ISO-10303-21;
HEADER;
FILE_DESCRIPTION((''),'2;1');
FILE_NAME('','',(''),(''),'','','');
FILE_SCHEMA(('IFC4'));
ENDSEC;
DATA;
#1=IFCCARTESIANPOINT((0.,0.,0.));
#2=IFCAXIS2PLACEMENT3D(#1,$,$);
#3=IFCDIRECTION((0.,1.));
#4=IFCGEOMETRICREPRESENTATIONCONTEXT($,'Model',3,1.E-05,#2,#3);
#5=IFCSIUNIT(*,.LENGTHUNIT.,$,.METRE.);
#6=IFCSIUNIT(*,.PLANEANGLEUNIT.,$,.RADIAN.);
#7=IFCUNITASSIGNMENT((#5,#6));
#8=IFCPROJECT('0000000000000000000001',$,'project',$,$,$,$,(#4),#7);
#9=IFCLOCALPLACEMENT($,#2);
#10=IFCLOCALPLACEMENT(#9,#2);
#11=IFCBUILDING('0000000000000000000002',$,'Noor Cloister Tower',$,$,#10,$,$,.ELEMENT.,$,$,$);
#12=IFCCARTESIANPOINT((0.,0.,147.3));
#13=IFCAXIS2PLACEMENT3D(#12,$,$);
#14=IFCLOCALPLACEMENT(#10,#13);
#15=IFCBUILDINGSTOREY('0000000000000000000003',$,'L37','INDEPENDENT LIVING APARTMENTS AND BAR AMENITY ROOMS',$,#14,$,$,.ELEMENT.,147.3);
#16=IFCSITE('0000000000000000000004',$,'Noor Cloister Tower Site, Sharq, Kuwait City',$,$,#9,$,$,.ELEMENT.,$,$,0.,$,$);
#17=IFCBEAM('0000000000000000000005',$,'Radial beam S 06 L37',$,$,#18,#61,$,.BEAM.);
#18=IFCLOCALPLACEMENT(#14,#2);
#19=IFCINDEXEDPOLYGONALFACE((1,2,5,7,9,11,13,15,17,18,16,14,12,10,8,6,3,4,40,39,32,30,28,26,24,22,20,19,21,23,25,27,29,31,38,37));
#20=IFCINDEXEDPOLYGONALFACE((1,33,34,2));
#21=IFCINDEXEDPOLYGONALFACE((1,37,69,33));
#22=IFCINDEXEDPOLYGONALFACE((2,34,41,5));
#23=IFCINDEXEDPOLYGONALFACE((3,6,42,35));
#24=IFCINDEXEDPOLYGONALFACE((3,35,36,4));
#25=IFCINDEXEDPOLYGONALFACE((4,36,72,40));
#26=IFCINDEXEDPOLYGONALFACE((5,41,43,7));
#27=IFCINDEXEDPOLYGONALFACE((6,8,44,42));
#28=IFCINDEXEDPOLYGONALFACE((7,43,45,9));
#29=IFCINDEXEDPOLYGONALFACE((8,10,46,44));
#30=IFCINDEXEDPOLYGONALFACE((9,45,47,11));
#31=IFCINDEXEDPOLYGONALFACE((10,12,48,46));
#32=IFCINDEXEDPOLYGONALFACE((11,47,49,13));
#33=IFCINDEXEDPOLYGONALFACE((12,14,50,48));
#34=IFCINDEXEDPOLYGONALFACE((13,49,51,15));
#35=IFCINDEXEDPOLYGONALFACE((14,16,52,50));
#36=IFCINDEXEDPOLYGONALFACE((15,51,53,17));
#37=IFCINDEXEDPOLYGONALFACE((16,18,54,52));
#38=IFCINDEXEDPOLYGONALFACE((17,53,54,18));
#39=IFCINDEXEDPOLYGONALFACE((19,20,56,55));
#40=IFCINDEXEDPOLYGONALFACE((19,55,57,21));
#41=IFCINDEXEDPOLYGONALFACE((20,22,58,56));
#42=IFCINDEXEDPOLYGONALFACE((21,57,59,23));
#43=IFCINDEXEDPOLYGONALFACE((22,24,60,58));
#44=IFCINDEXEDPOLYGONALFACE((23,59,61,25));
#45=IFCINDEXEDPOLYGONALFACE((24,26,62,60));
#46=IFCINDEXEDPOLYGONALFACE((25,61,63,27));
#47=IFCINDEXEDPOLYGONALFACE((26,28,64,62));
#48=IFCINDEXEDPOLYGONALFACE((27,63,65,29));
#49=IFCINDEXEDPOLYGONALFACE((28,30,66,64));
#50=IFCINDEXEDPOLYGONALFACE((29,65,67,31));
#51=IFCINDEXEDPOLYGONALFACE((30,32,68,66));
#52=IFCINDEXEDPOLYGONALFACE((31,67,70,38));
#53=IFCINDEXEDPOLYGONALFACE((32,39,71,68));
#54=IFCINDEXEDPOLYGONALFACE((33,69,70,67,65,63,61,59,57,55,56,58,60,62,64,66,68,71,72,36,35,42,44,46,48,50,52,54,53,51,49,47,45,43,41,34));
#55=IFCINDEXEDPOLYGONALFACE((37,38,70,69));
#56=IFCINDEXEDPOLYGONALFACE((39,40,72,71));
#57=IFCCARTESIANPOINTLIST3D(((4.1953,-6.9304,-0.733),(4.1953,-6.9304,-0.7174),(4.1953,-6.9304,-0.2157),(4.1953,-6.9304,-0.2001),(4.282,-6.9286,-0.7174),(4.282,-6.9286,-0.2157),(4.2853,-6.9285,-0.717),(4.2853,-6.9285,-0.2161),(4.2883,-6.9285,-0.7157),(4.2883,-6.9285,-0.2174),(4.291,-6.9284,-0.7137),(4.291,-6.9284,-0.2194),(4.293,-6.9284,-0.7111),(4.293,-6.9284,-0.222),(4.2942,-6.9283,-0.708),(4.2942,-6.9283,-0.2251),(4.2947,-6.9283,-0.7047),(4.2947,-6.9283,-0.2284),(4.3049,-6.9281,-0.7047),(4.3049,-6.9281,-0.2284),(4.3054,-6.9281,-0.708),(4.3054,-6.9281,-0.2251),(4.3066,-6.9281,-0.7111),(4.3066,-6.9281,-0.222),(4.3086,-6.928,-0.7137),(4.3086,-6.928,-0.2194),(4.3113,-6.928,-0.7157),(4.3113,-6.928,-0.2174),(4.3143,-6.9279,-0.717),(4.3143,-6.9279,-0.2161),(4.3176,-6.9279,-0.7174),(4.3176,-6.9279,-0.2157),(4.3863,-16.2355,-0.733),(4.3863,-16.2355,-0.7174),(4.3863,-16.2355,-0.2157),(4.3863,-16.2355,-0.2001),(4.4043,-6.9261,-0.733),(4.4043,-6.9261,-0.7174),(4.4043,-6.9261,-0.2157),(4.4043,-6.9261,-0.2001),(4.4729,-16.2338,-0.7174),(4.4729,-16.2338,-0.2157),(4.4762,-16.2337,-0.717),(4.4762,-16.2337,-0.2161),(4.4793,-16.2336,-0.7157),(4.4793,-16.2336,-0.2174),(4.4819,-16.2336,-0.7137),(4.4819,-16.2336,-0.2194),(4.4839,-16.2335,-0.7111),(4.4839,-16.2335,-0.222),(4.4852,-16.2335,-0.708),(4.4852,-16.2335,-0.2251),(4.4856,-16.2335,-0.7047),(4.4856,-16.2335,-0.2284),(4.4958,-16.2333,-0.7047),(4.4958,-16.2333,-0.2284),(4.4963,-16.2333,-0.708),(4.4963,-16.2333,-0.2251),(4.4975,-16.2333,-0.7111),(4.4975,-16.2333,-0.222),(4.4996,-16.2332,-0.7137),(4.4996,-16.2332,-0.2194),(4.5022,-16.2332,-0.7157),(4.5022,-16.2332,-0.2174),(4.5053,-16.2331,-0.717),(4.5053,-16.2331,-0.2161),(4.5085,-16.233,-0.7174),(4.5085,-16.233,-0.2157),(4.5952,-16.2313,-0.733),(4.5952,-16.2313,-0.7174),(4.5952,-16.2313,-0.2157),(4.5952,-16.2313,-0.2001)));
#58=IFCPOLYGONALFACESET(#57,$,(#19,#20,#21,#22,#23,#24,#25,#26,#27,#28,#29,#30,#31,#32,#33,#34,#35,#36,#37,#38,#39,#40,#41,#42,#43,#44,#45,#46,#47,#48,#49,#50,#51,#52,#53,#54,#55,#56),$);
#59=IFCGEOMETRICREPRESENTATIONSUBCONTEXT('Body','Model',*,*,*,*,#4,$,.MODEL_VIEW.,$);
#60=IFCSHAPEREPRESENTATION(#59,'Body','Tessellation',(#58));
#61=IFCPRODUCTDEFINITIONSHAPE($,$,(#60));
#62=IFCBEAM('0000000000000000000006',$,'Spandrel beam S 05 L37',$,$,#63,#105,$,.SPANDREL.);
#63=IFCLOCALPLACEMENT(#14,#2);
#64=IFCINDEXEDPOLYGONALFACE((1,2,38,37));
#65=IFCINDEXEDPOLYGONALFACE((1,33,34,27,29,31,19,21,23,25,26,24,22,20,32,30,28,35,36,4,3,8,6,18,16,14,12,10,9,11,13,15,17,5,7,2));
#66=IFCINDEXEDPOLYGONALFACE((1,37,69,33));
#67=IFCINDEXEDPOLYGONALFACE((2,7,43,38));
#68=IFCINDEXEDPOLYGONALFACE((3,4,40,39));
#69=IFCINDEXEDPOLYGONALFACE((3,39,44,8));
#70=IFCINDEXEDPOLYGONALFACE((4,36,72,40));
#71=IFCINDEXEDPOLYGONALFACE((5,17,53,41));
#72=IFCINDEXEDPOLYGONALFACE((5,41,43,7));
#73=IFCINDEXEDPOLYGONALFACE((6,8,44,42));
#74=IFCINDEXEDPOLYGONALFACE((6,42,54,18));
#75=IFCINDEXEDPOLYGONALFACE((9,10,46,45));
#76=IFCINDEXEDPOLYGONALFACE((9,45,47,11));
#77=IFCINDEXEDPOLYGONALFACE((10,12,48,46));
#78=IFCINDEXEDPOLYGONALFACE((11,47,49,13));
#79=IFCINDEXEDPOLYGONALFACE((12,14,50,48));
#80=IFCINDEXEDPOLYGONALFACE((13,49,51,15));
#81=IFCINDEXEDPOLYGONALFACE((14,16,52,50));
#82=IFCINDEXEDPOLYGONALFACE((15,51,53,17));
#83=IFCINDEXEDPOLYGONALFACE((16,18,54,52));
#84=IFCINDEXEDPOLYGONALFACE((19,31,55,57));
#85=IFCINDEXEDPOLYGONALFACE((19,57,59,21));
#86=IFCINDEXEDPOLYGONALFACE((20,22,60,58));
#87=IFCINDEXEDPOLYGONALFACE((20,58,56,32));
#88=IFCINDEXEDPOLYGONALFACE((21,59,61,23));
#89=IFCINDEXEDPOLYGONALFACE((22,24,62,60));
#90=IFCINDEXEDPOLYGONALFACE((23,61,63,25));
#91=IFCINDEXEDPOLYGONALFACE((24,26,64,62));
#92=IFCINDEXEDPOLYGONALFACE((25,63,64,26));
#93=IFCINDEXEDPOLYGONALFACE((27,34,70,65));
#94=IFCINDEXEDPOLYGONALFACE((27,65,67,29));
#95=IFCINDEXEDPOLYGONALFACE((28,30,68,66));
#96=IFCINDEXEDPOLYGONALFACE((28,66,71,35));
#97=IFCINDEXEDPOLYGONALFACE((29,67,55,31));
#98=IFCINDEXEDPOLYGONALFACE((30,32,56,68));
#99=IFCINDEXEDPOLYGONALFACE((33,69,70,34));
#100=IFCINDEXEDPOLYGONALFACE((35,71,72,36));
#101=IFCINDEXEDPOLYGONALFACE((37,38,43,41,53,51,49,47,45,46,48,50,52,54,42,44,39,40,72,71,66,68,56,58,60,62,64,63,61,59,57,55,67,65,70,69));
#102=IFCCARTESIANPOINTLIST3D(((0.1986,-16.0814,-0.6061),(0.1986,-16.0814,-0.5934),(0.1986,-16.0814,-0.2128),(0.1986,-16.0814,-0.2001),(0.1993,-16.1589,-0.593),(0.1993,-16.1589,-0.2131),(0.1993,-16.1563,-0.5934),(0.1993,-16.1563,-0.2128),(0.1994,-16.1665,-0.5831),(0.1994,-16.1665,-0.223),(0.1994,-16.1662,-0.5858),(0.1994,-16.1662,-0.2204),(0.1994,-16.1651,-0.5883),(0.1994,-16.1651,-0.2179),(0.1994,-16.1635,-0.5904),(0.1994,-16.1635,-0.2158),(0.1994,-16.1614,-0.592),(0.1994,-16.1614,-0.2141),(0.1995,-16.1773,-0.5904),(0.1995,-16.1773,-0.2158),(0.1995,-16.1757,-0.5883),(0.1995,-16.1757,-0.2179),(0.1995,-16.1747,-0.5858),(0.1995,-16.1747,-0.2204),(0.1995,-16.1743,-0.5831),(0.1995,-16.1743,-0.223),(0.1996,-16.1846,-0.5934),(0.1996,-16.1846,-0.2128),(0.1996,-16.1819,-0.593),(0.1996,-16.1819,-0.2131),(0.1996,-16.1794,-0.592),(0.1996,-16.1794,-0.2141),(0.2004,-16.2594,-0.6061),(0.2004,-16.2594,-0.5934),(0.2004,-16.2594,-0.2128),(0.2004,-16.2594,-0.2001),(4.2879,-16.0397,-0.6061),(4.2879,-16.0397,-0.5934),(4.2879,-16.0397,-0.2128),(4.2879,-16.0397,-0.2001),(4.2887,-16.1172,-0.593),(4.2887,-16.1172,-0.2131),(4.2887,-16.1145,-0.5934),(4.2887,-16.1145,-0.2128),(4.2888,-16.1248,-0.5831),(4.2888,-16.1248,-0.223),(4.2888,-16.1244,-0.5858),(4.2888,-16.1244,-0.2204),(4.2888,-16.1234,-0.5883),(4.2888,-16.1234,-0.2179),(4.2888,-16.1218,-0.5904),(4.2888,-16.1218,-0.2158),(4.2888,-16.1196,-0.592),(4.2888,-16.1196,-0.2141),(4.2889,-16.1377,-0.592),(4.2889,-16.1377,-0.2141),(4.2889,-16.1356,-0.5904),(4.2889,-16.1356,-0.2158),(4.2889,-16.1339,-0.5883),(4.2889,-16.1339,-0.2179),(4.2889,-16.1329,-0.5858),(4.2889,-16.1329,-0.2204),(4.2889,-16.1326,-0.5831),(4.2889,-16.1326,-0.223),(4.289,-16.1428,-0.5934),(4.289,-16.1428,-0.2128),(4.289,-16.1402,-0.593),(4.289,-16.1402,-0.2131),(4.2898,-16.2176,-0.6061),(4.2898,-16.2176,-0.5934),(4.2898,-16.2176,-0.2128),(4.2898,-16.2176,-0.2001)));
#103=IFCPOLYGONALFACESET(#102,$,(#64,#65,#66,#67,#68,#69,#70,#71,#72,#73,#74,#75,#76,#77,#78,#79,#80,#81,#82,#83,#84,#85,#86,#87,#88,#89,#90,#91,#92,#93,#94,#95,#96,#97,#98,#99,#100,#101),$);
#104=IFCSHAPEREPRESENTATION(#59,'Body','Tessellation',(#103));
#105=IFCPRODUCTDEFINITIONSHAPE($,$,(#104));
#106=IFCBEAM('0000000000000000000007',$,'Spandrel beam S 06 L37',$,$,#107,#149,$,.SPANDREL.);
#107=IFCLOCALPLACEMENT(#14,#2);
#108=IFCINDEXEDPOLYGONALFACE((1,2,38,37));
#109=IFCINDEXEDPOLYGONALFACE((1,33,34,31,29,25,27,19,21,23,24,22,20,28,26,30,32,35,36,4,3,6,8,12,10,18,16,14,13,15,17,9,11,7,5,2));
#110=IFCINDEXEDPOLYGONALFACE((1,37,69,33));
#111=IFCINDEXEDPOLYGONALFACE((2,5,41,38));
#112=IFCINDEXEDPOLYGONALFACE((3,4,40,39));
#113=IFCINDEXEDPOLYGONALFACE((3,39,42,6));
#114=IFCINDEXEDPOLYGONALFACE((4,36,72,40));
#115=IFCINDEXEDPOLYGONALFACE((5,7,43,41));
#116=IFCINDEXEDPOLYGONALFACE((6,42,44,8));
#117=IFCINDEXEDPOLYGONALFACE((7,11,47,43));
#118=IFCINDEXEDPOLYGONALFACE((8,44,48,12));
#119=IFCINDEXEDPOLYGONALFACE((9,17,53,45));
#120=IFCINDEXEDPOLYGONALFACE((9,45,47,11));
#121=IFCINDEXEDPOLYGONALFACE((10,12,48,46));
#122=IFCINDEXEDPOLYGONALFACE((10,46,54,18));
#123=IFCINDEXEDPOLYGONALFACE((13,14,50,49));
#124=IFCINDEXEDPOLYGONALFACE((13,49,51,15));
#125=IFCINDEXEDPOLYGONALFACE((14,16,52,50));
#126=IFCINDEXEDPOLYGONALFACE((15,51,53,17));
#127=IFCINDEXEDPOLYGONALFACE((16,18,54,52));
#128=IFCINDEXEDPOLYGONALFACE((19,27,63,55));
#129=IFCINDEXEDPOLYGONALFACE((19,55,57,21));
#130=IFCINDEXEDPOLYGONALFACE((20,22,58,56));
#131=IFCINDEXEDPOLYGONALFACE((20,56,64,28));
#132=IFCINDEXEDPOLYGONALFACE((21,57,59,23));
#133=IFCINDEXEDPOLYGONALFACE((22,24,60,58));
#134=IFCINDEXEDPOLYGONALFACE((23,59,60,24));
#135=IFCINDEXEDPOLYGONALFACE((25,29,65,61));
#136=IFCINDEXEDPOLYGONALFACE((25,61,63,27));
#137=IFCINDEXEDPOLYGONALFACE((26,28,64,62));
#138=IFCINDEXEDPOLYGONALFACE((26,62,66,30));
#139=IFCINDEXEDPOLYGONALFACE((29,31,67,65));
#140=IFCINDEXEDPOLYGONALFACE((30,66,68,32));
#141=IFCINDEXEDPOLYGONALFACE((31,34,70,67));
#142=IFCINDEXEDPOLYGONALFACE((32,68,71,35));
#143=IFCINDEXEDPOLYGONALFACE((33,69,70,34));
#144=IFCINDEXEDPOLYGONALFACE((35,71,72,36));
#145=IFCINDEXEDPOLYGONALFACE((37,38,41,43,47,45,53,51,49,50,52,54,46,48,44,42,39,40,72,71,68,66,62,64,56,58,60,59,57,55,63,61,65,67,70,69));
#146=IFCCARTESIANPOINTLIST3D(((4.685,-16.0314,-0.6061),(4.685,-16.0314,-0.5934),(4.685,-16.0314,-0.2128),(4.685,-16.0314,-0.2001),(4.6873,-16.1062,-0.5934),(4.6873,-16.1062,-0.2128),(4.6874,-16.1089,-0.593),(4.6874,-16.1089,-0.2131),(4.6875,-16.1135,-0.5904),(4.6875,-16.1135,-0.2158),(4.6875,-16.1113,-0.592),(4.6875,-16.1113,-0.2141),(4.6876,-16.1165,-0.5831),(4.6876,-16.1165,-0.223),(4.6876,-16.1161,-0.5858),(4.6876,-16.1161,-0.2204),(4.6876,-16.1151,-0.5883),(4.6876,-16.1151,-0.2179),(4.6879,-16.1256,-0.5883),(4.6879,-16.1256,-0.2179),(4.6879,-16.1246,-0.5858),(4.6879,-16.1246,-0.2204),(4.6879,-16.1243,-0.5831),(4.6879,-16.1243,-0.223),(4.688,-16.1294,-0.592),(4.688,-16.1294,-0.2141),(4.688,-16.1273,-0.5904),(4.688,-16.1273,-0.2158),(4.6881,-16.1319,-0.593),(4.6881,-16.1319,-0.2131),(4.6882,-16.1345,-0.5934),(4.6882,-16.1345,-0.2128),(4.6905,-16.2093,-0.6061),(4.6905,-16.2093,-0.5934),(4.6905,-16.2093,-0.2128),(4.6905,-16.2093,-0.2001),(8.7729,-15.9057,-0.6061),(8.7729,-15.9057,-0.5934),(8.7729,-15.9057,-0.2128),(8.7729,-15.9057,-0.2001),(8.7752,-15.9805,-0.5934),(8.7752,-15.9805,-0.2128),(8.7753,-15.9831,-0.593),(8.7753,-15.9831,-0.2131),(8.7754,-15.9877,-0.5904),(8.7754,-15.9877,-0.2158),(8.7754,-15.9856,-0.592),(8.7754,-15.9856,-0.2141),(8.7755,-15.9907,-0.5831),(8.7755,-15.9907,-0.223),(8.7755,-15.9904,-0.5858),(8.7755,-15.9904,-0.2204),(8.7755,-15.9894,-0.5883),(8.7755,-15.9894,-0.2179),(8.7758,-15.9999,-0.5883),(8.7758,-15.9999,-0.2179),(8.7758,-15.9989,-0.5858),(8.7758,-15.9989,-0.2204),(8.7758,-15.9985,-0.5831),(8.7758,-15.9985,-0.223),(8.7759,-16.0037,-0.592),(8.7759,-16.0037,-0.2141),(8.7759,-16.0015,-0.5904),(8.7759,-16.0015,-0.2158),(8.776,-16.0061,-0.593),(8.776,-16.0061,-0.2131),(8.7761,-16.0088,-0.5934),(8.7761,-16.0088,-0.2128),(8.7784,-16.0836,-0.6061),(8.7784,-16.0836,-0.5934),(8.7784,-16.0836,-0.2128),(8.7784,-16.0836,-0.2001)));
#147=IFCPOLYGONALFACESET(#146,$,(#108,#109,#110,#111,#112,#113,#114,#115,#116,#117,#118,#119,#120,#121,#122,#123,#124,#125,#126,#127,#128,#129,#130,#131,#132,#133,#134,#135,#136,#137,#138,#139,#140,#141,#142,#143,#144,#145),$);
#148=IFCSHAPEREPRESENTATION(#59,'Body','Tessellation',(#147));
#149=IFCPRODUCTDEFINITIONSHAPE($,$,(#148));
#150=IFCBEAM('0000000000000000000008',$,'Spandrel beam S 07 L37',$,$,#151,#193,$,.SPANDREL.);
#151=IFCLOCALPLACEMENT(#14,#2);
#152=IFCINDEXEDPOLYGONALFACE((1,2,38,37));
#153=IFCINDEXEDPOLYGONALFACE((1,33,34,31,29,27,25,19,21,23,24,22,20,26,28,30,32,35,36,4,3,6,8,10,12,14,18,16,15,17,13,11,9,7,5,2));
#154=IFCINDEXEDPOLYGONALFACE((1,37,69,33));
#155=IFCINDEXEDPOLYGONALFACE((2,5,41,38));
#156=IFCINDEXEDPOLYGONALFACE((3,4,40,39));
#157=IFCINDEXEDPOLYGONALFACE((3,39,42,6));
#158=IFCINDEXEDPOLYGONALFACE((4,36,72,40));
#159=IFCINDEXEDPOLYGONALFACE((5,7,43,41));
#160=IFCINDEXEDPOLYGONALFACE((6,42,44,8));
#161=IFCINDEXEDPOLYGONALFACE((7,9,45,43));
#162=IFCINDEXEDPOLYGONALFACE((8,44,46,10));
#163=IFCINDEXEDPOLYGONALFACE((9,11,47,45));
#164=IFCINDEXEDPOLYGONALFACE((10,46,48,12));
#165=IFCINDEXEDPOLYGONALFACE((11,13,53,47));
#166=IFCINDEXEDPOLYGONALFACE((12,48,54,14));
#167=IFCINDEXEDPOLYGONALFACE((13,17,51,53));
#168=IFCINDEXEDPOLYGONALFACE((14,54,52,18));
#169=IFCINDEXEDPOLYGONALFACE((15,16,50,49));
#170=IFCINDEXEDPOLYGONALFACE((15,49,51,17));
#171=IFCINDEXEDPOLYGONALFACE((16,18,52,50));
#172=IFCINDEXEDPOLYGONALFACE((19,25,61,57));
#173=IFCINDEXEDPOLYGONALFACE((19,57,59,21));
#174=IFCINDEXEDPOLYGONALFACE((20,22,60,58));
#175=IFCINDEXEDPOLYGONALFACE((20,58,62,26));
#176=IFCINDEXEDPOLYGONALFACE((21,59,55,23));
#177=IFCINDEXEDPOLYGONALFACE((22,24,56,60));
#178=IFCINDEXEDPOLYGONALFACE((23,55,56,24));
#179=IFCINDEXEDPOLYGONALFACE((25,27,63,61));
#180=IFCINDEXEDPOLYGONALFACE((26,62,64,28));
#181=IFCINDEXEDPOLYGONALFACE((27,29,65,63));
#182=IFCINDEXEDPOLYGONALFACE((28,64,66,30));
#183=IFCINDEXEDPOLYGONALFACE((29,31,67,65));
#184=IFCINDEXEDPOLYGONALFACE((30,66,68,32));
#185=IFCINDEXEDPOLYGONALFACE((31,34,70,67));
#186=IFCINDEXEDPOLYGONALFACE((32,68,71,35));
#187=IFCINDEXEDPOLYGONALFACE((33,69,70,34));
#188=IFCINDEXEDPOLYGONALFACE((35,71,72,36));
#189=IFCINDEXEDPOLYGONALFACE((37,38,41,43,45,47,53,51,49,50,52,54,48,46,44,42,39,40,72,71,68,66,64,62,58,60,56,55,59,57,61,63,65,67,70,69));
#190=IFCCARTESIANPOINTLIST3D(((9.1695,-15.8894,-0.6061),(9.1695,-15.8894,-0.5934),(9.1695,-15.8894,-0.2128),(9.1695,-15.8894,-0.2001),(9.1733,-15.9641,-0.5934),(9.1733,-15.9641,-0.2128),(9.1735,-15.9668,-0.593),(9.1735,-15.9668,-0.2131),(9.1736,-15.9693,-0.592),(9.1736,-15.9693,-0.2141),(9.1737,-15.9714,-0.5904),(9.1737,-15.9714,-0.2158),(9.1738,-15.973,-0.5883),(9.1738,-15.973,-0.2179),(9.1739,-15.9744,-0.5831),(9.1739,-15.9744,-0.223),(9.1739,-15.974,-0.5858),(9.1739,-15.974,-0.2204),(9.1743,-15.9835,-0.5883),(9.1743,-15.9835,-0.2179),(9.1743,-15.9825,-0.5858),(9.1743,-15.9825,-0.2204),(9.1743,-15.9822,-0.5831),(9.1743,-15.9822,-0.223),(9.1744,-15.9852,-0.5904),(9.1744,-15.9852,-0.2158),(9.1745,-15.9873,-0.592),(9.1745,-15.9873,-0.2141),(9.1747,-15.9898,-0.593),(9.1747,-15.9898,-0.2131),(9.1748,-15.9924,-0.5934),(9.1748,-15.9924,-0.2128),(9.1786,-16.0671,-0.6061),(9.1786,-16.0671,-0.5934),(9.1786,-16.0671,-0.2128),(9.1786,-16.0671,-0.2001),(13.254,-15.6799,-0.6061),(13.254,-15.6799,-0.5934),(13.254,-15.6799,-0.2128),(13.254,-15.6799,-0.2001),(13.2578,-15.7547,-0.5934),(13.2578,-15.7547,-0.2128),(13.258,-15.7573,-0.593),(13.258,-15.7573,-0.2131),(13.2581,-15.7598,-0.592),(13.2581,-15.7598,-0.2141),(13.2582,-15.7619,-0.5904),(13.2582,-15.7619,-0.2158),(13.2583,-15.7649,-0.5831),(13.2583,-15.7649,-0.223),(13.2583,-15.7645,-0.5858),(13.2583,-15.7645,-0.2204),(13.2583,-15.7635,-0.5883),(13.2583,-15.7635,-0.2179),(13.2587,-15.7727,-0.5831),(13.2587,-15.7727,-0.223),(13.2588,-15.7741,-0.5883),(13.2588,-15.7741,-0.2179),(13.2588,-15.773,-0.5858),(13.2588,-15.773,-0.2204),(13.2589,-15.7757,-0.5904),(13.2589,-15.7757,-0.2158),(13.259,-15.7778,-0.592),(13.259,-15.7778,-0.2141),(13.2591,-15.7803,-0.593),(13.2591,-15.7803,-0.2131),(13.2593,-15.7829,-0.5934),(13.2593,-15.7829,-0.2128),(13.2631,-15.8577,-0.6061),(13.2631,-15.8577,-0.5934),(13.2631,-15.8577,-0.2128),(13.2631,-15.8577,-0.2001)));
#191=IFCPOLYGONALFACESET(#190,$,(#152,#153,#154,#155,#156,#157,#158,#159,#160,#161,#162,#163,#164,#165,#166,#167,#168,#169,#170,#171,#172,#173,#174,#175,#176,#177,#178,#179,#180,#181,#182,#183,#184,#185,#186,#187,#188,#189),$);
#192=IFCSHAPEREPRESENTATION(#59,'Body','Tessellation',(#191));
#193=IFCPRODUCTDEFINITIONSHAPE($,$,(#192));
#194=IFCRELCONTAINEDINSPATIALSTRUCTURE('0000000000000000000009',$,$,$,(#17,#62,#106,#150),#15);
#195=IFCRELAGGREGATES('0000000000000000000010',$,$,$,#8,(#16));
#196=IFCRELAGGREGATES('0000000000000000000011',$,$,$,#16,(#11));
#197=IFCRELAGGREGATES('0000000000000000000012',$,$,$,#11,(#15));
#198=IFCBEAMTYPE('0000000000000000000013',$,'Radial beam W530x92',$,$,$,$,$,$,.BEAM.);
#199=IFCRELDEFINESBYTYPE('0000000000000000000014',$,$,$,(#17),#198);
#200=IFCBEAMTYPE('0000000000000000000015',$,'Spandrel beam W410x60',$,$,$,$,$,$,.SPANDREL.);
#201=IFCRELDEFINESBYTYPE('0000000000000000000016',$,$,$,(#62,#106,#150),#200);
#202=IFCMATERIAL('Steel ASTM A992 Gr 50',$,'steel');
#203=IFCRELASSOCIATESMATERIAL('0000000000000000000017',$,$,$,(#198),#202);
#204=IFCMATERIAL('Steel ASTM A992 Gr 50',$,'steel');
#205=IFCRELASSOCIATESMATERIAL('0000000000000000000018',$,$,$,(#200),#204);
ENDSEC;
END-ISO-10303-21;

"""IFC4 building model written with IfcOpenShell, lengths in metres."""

from ifc_helpers import new_model, si_unit, direction, frame, origin, origin_2d, place, context, subcontext, project, spatial, i_section, extrude, material, material_profile, profile_set, type_object, element, save


model = new_model("IFC4")

# Units and contexts
model_context = context("Model", 3, precision=1e-05, world=origin(), true_north=direction((0.0, 1.0)))
body_context = subcontext(model_context, "Body", "Model", "MODEL_VIEW")
ifc_project = project(units=[si_unit("LENGTHUNIT", "METRE"), si_unit("PLANEANGLEUNIT", "RADIAN")], contexts=[model_context])

# Site, building, storey
site_placement = place(None, origin())
site = spatial("IfcSite", under=ifc_project, at=site_placement, Name="Noor Cloister Tower Site, Sharq, Kuwait City", CompositionType="ELEMENT", RefElevation=0.0)
building_placement = place(site_placement, origin())
building = spatial("IfcBuilding", under=site, at=building_placement, Name="Noor Cloister Tower", CompositionType="ELEMENT")
storey_placement = place(building_placement, frame((0.0, 0.0, 147.3)))
storey = spatial("IfcBuildingStorey", under=building, at=storey_placement, Name="L37", Description="INDEPENDENT LIVING APARTMENTS AND BAR AMENITY ROOMS", CompositionType="ELEMENT", Elevation=147.3)

# Beams
ifc_material_1 = material(Name="Steel ASTM A992 Gr 50", Category="steel")
ifc_material_profile_1 = material_profile(ifc_material_1, i_section(OverallWidth=0.209, OverallDepth=0.533, WebThickness=0.0103, FlangeThickness=0.0156, FilletRadius=0.0127, at=origin_2d()), Name="W530x92")
ifc_profile_set_1 = profile_set([ifc_material_profile_1], Name="Steel ASTM A992 Gr 50")
beam_type_1 = type_object("IfcBeamType", Name="Radial beam W530x92", PredefinedType="BEAM", material=ifc_profile_set_1)
beam_1_placement = place(storey_placement, frame((4.4907, -16.2334, -0.4666), z_axis=(-0.020513, 0.99979, 0.0), x_axis=(-0.99979, -0.020513, 0.0)))
element("IfcBeam", 1, at=beam_1_placement, inside=storey, type_object=beam_type_1, Name="Radial beam S 06 L37", PredefinedType="BEAM", context=body_context, shape_type="SweptSolid", body=[
    extrude(i_section(OverallWidth=0.209, OverallDepth=0.533, WebThickness=0.0103, FlangeThickness=0.0156, FilletRadius=0.0127, at=origin_2d()), origin(), (0.0, 0.0, 1.0), 9.3071),
])
ifc_material_2 = material(Name="Steel ASTM A992 Gr 50", Category="steel")
ifc_material_profile_2 = material_profile(ifc_material_2, i_section(OverallWidth=0.178, OverallDepth=0.406, WebThickness=0.0078, FlangeThickness=0.0127, FilletRadius=0.0103, at=origin_2d()), Name="W410x60")
ifc_profile_set_2 = profile_set([ifc_material_profile_2], Name="Steel ASTM A992 Gr 50")
beam_type_2 = type_object("IfcBeamType", Name="Spandrel beam W410x60", PredefinedType="SPANDREL", material=ifc_profile_set_2)
beam_2_placement = place(storey_placement, frame((0.1995, -16.1704, -0.4031), z_axis=(0.999948, 0.010208, 0.0), x_axis=(-0.010208, 0.999948, 0.0)))
element("IfcBeam", 2, at=beam_2_placement, inside=storey, type_object=beam_type_2, Name="Spandrel beam S 05 L37", PredefinedType="SPANDREL", context=body_context, shape_type="SweptSolid", body=[
    extrude(i_section(OverallWidth=0.178, OverallDepth=0.406, WebThickness=0.0078, FlangeThickness=0.0127, FilletRadius=0.0103, at=origin_2d()), origin(), (0.0, 0.0, 1.0), 4.0896),
])
for number, where, z_axis, x_axis, name in (
    (3, (4.6877, -16.1204, -0.4031), (0.999527, 0.030743, 0.0), (-0.030743, 0.999527, 0.0), "Spandrel beam S 06 L37"),
    (4, (9.1741, -15.9783, -0.4031), (0.998688, 0.051218, 0.0), (-0.051218, 0.998688, 0.0), "Spandrel beam S 07 L37"),
):
    element("IfcBeam", number, at=place(storey_placement, frame(where, z_axis=z_axis, x_axis=x_axis)), inside=storey, type_object=beam_type_2, Name=name, PredefinedType="SPANDREL", context=body_context, shape_type="SweptSolid", body=[
        extrude(i_section(OverallWidth=0.178, OverallDepth=0.406, WebThickness=0.0078, FlangeThickness=0.0127, FilletRadius=0.0103, at=origin_2d()), origin(), (0.0, 0.0, 1.0), 4.0898),
    ])

save(model, "model.ifc")
